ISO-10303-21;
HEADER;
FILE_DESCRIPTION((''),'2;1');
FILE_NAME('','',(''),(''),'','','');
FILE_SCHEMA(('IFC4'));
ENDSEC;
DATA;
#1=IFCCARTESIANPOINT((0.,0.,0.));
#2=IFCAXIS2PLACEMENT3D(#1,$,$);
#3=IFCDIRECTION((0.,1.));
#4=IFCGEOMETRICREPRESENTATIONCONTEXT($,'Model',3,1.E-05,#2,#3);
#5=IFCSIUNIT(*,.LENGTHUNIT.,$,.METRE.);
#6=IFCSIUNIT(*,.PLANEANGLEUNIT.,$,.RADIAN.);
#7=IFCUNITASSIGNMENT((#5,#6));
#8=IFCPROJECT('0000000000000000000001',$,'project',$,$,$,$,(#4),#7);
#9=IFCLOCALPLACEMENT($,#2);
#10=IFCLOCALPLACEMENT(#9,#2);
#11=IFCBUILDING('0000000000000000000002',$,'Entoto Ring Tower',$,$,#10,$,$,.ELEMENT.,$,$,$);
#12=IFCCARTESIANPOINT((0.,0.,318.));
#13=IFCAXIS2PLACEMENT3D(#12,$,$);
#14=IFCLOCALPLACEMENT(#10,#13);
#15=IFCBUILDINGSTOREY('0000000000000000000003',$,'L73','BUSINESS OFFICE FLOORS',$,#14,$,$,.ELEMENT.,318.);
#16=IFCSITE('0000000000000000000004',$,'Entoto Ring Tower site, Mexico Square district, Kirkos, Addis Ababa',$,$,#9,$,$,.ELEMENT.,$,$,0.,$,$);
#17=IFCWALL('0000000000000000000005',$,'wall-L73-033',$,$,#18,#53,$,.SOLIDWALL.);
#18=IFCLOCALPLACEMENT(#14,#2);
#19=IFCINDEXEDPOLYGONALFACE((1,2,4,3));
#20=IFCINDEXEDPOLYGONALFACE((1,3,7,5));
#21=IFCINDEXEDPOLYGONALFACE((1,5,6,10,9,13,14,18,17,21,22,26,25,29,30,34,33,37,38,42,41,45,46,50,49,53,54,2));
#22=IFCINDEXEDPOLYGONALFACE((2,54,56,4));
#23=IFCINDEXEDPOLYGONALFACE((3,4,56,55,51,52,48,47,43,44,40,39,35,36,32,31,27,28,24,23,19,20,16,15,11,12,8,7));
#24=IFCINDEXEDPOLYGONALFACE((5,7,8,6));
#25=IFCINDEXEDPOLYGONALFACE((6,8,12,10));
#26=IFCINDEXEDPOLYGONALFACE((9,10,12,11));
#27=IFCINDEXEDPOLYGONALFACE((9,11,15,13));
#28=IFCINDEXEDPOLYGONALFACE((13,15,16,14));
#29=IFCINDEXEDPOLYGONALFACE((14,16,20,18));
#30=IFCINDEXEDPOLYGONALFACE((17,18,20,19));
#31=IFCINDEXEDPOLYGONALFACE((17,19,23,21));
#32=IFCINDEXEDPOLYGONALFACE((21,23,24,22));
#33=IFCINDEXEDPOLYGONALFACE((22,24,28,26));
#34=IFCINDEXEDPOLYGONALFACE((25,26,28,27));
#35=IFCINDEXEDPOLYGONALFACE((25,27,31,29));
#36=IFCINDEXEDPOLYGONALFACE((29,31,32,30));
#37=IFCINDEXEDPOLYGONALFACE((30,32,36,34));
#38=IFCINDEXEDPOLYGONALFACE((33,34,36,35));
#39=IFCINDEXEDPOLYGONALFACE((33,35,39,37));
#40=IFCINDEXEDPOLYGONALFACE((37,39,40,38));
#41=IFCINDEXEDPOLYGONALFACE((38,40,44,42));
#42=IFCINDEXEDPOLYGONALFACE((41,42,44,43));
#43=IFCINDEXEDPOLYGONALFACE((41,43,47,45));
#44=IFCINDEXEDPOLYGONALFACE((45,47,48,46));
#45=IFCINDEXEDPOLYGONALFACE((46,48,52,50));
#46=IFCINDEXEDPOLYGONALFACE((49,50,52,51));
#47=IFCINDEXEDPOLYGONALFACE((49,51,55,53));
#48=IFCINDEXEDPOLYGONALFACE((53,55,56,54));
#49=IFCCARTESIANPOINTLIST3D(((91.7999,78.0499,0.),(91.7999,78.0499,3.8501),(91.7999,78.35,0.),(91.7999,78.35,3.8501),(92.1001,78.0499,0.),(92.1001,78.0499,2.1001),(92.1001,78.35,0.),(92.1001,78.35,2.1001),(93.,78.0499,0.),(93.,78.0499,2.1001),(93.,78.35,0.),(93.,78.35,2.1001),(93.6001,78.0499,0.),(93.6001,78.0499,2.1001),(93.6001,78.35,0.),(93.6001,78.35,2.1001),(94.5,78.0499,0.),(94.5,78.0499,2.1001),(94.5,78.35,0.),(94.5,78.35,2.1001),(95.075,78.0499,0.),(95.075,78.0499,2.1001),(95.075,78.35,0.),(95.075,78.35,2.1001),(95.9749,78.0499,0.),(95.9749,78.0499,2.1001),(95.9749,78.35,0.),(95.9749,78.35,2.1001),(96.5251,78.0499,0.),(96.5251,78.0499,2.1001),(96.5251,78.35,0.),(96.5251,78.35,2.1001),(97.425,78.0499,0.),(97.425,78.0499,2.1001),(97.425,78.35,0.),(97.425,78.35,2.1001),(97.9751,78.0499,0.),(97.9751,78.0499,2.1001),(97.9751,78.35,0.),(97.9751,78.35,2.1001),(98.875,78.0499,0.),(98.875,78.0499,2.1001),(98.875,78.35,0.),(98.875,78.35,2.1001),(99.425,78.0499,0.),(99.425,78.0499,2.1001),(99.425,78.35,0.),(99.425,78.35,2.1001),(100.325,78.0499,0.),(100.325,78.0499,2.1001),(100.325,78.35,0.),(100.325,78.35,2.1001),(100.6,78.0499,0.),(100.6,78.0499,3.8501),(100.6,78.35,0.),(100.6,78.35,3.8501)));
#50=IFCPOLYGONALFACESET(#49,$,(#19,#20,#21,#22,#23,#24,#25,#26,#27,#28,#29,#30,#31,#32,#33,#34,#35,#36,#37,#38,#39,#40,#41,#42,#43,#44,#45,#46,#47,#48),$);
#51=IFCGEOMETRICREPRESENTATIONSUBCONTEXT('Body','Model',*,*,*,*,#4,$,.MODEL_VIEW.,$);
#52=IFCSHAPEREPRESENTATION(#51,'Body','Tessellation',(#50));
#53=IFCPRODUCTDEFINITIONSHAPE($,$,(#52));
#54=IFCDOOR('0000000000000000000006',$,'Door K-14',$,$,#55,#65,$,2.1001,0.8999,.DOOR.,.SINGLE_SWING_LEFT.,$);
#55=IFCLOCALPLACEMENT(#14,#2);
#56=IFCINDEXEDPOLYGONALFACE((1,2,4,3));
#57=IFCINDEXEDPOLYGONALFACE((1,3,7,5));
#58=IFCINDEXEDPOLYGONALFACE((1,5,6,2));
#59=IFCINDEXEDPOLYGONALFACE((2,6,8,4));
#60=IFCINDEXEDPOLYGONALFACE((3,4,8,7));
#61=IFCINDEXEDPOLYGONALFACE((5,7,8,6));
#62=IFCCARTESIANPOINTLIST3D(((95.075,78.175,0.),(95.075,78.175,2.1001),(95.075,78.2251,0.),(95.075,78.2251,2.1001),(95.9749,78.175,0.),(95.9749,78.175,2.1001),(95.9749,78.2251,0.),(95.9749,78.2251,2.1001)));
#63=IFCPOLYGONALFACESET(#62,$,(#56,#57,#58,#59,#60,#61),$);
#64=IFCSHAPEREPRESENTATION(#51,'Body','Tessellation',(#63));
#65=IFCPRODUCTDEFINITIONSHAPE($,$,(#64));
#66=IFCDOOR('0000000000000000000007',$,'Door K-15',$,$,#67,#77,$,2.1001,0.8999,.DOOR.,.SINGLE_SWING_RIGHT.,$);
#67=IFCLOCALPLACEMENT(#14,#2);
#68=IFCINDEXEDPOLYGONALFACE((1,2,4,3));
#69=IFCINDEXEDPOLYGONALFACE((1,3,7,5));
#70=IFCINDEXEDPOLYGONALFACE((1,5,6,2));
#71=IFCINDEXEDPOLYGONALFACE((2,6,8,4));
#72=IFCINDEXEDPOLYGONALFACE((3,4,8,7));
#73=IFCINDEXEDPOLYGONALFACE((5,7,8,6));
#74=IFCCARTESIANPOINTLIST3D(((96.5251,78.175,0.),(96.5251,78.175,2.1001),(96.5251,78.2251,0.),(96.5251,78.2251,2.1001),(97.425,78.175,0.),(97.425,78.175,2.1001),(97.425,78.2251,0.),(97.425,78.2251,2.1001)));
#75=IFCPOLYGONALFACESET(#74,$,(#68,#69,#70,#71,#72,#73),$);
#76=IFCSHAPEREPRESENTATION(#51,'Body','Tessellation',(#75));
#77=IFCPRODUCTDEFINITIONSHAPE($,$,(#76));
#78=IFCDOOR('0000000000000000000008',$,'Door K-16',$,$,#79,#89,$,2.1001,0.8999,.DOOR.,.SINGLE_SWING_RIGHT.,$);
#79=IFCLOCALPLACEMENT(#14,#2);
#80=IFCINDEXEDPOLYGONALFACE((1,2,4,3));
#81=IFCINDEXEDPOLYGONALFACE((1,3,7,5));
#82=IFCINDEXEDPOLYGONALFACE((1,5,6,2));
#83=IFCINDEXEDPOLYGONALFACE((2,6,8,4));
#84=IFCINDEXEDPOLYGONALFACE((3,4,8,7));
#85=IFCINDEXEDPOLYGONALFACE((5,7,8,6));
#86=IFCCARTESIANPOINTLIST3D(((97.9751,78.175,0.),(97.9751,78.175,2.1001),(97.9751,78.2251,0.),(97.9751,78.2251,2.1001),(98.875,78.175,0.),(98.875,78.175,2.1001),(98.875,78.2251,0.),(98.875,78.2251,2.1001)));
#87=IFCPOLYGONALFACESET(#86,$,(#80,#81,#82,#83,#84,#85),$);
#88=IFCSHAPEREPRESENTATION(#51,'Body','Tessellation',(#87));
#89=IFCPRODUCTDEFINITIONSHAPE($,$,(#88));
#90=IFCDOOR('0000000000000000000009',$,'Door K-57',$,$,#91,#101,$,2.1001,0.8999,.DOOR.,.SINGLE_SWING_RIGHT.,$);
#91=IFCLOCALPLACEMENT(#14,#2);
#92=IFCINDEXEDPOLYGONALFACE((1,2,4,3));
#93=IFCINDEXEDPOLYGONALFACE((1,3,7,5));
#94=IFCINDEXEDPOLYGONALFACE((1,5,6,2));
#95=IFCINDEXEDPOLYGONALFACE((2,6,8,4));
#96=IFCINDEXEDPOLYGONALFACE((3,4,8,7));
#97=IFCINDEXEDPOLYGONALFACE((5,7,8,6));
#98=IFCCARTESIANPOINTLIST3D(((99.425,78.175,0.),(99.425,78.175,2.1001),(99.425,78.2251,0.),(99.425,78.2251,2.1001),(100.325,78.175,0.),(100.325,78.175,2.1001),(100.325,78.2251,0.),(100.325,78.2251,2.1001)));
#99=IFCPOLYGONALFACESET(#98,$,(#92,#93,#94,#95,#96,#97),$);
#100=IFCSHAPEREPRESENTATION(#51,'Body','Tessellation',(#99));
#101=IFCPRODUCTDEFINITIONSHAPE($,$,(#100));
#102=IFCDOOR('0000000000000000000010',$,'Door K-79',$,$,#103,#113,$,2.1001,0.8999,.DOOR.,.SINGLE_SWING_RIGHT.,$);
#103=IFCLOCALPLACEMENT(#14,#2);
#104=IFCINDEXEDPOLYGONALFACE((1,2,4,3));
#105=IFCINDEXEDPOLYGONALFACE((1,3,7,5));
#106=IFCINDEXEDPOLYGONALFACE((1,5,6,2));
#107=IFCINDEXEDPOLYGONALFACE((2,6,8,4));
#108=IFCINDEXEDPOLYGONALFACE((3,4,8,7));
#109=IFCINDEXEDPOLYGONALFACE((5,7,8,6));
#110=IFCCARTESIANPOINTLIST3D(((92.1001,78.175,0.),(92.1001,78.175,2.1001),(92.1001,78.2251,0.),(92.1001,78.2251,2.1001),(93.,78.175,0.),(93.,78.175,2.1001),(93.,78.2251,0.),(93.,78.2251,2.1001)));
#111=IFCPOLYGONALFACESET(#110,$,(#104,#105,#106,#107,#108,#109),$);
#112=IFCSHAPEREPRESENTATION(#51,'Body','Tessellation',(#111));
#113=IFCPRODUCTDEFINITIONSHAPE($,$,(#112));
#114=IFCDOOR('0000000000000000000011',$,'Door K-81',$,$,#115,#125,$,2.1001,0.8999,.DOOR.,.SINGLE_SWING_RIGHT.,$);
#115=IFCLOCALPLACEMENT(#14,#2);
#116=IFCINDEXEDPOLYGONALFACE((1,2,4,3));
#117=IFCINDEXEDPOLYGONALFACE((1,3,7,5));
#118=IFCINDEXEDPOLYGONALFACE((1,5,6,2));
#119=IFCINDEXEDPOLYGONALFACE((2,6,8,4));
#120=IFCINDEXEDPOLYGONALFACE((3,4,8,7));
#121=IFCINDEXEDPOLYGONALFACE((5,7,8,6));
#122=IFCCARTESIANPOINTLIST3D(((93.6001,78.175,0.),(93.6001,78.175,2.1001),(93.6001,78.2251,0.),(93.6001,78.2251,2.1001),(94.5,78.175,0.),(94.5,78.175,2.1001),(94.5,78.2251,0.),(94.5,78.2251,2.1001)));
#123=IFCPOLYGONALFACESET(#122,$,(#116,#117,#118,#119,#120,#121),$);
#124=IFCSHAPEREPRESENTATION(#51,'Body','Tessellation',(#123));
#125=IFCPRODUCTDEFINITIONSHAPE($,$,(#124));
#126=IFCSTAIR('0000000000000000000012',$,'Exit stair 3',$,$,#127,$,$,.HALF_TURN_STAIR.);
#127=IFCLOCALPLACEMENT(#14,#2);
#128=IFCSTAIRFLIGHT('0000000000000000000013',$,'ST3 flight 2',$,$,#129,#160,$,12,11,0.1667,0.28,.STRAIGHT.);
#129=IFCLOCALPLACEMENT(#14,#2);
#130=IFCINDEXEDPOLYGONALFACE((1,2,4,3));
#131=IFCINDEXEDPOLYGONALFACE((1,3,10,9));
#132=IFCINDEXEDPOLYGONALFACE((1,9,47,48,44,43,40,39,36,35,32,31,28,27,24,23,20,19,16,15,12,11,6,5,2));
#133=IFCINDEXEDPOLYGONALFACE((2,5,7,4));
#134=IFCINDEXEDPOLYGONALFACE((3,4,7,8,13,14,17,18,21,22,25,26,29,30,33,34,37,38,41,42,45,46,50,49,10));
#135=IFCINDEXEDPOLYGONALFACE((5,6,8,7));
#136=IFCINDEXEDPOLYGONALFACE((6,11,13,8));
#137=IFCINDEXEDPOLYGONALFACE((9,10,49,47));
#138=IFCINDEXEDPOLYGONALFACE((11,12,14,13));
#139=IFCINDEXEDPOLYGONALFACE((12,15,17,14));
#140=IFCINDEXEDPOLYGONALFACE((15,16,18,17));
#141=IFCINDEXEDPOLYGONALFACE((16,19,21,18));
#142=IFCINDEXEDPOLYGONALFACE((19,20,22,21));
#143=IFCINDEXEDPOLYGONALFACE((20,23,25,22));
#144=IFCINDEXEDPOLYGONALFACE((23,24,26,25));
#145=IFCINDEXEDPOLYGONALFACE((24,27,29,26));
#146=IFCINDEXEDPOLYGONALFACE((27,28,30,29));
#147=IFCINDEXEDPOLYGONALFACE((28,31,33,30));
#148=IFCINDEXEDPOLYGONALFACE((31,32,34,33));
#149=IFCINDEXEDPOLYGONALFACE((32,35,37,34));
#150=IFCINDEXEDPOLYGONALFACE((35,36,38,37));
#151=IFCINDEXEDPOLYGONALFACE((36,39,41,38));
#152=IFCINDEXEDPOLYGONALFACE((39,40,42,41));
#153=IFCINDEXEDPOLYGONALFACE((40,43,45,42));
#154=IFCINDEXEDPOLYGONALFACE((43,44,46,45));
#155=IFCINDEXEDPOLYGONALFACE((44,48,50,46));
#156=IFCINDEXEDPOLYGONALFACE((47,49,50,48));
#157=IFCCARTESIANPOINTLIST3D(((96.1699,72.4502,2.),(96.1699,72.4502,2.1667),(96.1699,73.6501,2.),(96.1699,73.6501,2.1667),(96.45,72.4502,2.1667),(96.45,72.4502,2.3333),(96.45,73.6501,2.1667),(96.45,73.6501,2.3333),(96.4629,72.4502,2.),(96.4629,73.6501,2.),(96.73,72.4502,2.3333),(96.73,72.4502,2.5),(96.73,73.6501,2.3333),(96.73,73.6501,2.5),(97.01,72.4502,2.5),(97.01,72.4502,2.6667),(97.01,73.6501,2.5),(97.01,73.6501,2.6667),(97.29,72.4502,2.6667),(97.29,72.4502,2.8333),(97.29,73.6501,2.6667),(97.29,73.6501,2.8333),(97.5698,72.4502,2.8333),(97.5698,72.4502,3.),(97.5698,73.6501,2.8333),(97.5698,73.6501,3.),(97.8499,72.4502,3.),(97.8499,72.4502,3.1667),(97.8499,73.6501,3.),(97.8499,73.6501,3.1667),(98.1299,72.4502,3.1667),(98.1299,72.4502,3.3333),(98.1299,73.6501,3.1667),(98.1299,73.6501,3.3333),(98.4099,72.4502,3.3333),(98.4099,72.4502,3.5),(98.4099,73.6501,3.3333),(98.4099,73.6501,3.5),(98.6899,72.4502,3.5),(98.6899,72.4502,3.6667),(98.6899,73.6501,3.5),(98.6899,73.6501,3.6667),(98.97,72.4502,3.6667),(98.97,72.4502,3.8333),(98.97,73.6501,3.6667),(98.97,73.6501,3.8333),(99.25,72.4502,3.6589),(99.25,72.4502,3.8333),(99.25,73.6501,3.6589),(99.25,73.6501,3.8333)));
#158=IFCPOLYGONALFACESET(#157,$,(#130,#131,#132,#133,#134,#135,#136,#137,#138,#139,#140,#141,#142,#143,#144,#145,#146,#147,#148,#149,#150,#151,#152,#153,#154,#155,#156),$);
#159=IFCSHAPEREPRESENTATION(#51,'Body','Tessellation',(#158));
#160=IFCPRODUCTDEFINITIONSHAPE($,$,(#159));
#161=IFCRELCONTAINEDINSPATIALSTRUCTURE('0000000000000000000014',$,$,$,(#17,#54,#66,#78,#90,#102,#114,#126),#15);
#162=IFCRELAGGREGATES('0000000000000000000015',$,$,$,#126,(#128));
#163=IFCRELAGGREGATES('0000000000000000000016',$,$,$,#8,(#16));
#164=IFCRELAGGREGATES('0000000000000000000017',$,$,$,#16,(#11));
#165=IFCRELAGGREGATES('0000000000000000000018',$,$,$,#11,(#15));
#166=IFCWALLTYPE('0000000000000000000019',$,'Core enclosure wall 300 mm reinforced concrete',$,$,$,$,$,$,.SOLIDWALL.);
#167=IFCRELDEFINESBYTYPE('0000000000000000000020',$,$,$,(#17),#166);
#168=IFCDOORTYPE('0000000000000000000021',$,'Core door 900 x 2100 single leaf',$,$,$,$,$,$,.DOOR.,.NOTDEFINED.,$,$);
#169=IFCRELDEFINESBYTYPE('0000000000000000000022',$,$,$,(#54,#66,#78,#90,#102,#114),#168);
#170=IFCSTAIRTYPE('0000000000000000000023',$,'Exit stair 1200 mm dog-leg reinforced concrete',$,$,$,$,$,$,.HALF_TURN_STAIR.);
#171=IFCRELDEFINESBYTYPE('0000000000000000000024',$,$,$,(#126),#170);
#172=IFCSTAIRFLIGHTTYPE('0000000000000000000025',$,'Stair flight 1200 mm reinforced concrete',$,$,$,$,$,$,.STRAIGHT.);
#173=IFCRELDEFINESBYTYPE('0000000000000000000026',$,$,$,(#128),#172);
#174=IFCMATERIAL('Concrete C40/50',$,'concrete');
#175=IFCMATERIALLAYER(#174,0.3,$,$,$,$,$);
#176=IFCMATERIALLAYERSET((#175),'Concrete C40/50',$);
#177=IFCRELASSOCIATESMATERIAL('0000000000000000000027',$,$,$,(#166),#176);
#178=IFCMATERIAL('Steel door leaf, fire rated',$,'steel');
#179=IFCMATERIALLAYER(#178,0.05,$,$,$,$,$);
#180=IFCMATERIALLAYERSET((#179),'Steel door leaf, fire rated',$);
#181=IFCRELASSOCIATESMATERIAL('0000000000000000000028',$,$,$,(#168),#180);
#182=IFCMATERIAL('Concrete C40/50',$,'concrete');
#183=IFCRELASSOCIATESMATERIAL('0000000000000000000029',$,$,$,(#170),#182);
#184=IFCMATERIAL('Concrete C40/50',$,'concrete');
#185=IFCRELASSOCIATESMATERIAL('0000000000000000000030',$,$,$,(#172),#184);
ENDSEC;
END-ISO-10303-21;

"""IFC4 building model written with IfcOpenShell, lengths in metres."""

from ifc_helpers import new_model, si_unit, direction, frame, frame_2d, origin, place, context, subcontext, project, spatial, polyline, rectangle, outline, extrude, material, layer, layer_set, type_object, element, fill, aggregate, save


model = new_model("IFC4")

# Units and contexts
model_context = context("Model", 3, precision=1e-05, world=origin(), true_north=direction((0.0, 1.0)))
body_context = subcontext(model_context, "Body", "Model", "MODEL_VIEW")
ifc_project = project(units=[si_unit("LENGTHUNIT", "METRE"), si_unit("PLANEANGLEUNIT", "RADIAN")], contexts=[model_context])

# Site, building, storey
site_placement = place(None, origin())
site = spatial("IfcSite", under=ifc_project, at=site_placement, Name="Entoto Ring Tower site, Mexico Square district, Kirkos, Addis Ababa", CompositionType="ELEMENT", RefElevation=0.0)
building_placement = place(site_placement, origin())
building = spatial("IfcBuilding", under=site, at=building_placement, Name="Entoto Ring Tower", CompositionType="ELEMENT")
storey_placement = place(building_placement, frame((0.0, 0.0, 318.0)))
storey = spatial("IfcBuildingStorey", under=building, at=storey_placement, Name="L73", Description="BUSINESS OFFICE FLOORS", CompositionType="ELEMENT", Elevation=318.0)

# Shared definitions
ifc_material_1 = material(Name="Concrete C40/50", Category="concrete")
ifc_layer_1 = layer(ifc_material_1, 0.3)
ifc_layer_set_1 = layer_set([ifc_layer_1], Name="Concrete C40/50")
wall_type = type_object("IfcWallType", Name="Core enclosure wall 300 mm reinforced concrete", PredefinedType="SOLIDWALL", material=ifc_layer_set_1)

# Shared definitions
ifc_material_2 = material(Name="Steel door leaf, fire rated", Category="steel")
ifc_layer_2 = layer(ifc_material_2, 0.05)
ifc_layer_set_2 = layer_set([ifc_layer_2], Name="Steel door leaf, fire rated")
door_type_1 = type_object("IfcDoorType", Name="Core door 900 x 2100 single leaf", OperationType="NOTDEFINED", PredefinedType="DOOR", material=ifc_layer_set_2)

# Wall, openings, doors
wall_1_placement = place(storey_placement, frame((91.8, 78.2, 0.0), z_axis=(0.0, 0.0, 1.0), x_axis=(1.0, 0.0, 0.0)))
wall_1 = element("IfcWall", 1, at=wall_1_placement, inside=storey, type_object=wall_type, Name="wall-L73-033", PredefinedType="SOLIDWALL", context=body_context, shape_type="SweptSolid", body=[
    extrude(rectangle(XDim=8.8, YDim=0.3, at=frame_2d((4.3999, 0.0))), origin(), (0.0, 0.0, 1.0), 3.8501),
])
opening_1_placement = place(wall_1_placement, frame((3.2749, 0.0, 0.0)))
opening_1 = element("IfcOpeningElement", 2, at=opening_1_placement, cuts=wall_1, PredefinedType="OPENING", context=body_context, shape_type="SweptSolid", body=[
    extrude(rectangle(XDim=0.8999, YDim=2.1001, at=frame_2d((0.45, 1.05))), frame((0.0, 0.1602, 0.0), z_axis=(0.0, -1.0, 0.0), x_axis=(1.0, 0.0, 0.0)), (0.0, 0.0, 1.0), 0.3201),
])
opening_2_placement = place(wall_1_placement, frame((4.7251, 0.0, 0.0)))
opening_2 = element("IfcOpeningElement", 3, at=opening_2_placement, cuts=wall_1, PredefinedType="OPENING", context=body_context, shape_type="SweptSolid", body=[
    extrude(rectangle(XDim=0.8999, YDim=2.1001, at=frame_2d((0.45, 1.05))), frame((0.0, 0.1602, 0.0), z_axis=(0.0, -1.0, 0.0), x_axis=(1.0, 0.0, 0.0)), (0.0, 0.0, 1.0), 0.3201),
])
opening_3_placement = place(wall_1_placement, frame((6.175, 0.0, 0.0)))
opening_3 = element("IfcOpeningElement", 4, at=opening_3_placement, cuts=wall_1, PredefinedType="OPENING", context=body_context, shape_type="SweptSolid", body=[
    extrude(rectangle(XDim=0.8999, YDim=2.1001, at=frame_2d((0.45, 1.05))), frame((0.0, 0.1602, 0.0), z_axis=(0.0, -1.0, 0.0), x_axis=(1.0, 0.0, 0.0)), (0.0, 0.0, 1.0), 0.3201),
])
opening_4_placement = place(wall_1_placement, frame((7.625, 0.0, 0.0)))
opening_4 = element("IfcOpeningElement", 5, at=opening_4_placement, cuts=wall_1, PredefinedType="OPENING", context=body_context, shape_type="SweptSolid", body=[
    extrude(rectangle(XDim=0.8999, YDim=2.1001, at=frame_2d((0.45, 1.05))), frame((0.0, 0.1602, 0.0), z_axis=(0.0, -1.0, 0.0), x_axis=(1.0, 0.0, 0.0)), (0.0, 0.0, 1.0), 0.3201),
])
opening_5_placement = place(wall_1_placement, frame((0.3, 0.0, 0.0)))
opening_5 = element("IfcOpeningElement", 6, at=opening_5_placement, cuts=wall_1, PredefinedType="OPENING", context=body_context, shape_type="SweptSolid", body=[
    extrude(rectangle(XDim=0.8999, YDim=2.1001, at=frame_2d((0.45, 1.05))), frame((0.0, 0.1602, 0.0), z_axis=(0.0, -1.0, 0.0), x_axis=(1.0, 0.0, 0.0)), (0.0, 0.0, 1.0), 0.3201),
])
opening_6_placement = place(wall_1_placement, frame((1.8, 0.0, 0.0)))
opening_6 = element("IfcOpeningElement", 7, at=opening_6_placement, cuts=wall_1, PredefinedType="OPENING", context=body_context, shape_type="SweptSolid", body=[
    extrude(rectangle(XDim=0.8999, YDim=2.1001, at=frame_2d((0.45, 1.05))), frame((0.0, 0.1602, 0.0), z_axis=(0.0, -1.0, 0.0), x_axis=(1.0, 0.0, 0.0)), (0.0, 0.0, 1.0), 0.3201),
])
door_1_placement = place(opening_1_placement, frame((0.8999, 0.0, 0.0), z_axis=(0.0, 0.0, 1.0), x_axis=(-1.0, 0.0, 0.0)))
door_1 = element("IfcDoor", 8, at=door_1_placement, inside=storey, type_object=door_type_1, Name="Door K-14", OperationType="SINGLE_SWING_LEFT", OverallHeight=2.1001, OverallWidth=0.8999, PredefinedType="DOOR", context=body_context, shape_type="SweptSolid", body=[
    extrude(rectangle(XDim=0.8999, YDim=2.1001, at=frame_2d((0.45, 1.05))), frame((0.0, 0.0249, 0.0), z_axis=(0.0, -1.0, 0.0), x_axis=(1.0, 0.0, 0.0)), (0.0, 0.0, 1.0), 0.05),
])
fill(opening_1, door_1)
door_2_placement = place(opening_2_placement, frame((0.8999, 0.0, 0.0), z_axis=(0.0, 0.0, 1.0), x_axis=(-1.0, 0.0, 0.0)))
door_2 = element("IfcDoor", 9, at=door_2_placement, inside=storey, type_object=door_type_1, Name="Door K-15", OperationType="SINGLE_SWING_RIGHT", OverallHeight=2.1001, OverallWidth=0.8999, PredefinedType="DOOR", context=body_context, shape_type="SweptSolid", body=[
    extrude(rectangle(XDim=0.8999, YDim=2.1001, at=frame_2d((0.45, 1.05))), frame((0.0, 0.0249, 0.0), z_axis=(0.0, -1.0, 0.0), x_axis=(1.0, 0.0, 0.0)), (0.0, 0.0, 1.0), 0.05),
])
fill(opening_2, door_2)
door_3_placement = place(opening_3_placement, frame((0.8999, 0.0, 0.0), z_axis=(0.0, 0.0, 1.0), x_axis=(-1.0, 0.0, 0.0)))
door_3 = element("IfcDoor", 10, at=door_3_placement, inside=storey, type_object=door_type_1, Name="Door K-16", OperationType="SINGLE_SWING_RIGHT", OverallHeight=2.1001, OverallWidth=0.8999, PredefinedType="DOOR", context=body_context, shape_type="SweptSolid", body=[
    extrude(rectangle(XDim=0.8999, YDim=2.1001, at=frame_2d((0.45, 1.05))), frame((0.0, 0.0249, 0.0), z_axis=(0.0, -1.0, 0.0), x_axis=(1.0, 0.0, 0.0)), (0.0, 0.0, 1.0), 0.05),
])
fill(opening_3, door_3)
door_4_placement = place(opening_4_placement, frame((0.8999, 0.0, 0.0), z_axis=(0.0, 0.0, 1.0), x_axis=(-1.0, 0.0, 0.0)))
door_4 = element("IfcDoor", 11, at=door_4_placement, inside=storey, type_object=door_type_1, Name="Door K-57", OperationType="SINGLE_SWING_RIGHT", OverallHeight=2.1001, OverallWidth=0.8999, PredefinedType="DOOR", context=body_context, shape_type="SweptSolid", body=[
    extrude(rectangle(XDim=0.8999, YDim=2.1001, at=frame_2d((0.45, 1.05))), frame((0.0, 0.0249, 0.0), z_axis=(0.0, -1.0, 0.0), x_axis=(1.0, 0.0, 0.0)), (0.0, 0.0, 1.0), 0.05),
])
fill(opening_4, door_4)
door_5_placement = place(opening_5_placement, frame((0.8999, 0.0, 0.0), z_axis=(0.0, 0.0, 1.0), x_axis=(-1.0, 0.0, 0.0)))
door_5 = element("IfcDoor", 12, at=door_5_placement, inside=storey, type_object=door_type_1, Name="Door K-79", OperationType="SINGLE_SWING_RIGHT", OverallHeight=2.1001, OverallWidth=0.8999, PredefinedType="DOOR", context=body_context, shape_type="SweptSolid", body=[
    extrude(rectangle(XDim=0.8999, YDim=2.1001, at=frame_2d((0.45, 1.05))), frame((0.0, 0.0249, 0.0), z_axis=(0.0, -1.0, 0.0), x_axis=(1.0, 0.0, 0.0)), (0.0, 0.0, 1.0), 0.05),
])
fill(opening_5, door_5)
door_6_placement = place(opening_6_placement, frame((0.8999, 0.0, 0.0), z_axis=(0.0, 0.0, 1.0), x_axis=(-1.0, 0.0, 0.0)))
door_6 = element("IfcDoor", 13, at=door_6_placement, inside=storey, type_object=door_type_1, Name="Door K-81", OperationType="SINGLE_SWING_RIGHT", OverallHeight=2.1001, OverallWidth=0.8999, PredefinedType="DOOR", context=body_context, shape_type="SweptSolid", body=[
    extrude(rectangle(XDim=0.8999, YDim=2.1001, at=frame_2d((0.45, 1.05))), frame((0.0, 0.0249, 0.0), z_axis=(0.0, -1.0, 0.0), x_axis=(1.0, 0.0, 0.0)), (0.0, 0.0, 1.0), 0.05),
])
fill(opening_6, door_6)

# Stair, stair flight
ifc_material_3 = material(Name="Concrete C40/50", Category="concrete")
stair_type = type_object("IfcStairType", Name="Exit stair 1200 mm dog-leg reinforced concrete", PredefinedType="HALF_TURN_STAIR", material=ifc_material_3)
stair_placement = place(storey_placement, origin())
stair = element("IfcStair", 14, at=stair_placement, inside=storey, type_object=stair_type, Name="Exit stair 3", PredefinedType="HALF_TURN_STAIR")
ifc_material_4 = material(Name="Concrete C40/50", Category="concrete")
stair_flight_type = type_object("IfcStairFlightType", Name="Stair flight 1200 mm reinforced concrete", PredefinedType="STRAIGHT", material=ifc_material_4)
stair_flight_placement = place(storey_placement, frame((96.1699, 73.05, 2.0), z_axis=(0.0, 0.0, 1.0), x_axis=(1.0, 0.0, 0.0)))
stair_flight = element("IfcStairFlight", 15, at=stair_flight_placement, type_object=stair_flight_type, Name="ST3 flight 2", NumberOfRisers=12, NumberOfTreads=11, PredefinedType="STRAIGHT", RiserHeight=0.1667, TreadLength=0.28, context=body_context, shape_type="SweptSolid", body=[
    extrude(outline(polyline([(0.0, 0.0), (0.0, 0.1667), (0.28, 0.1667), (0.28, 0.3333), (0.5601, 0.3333), (0.5601, 0.5), (0.8401, 0.5), (0.8401, 0.6667), (1.1201, 0.6667), (1.1201, 0.8333), (1.3999, 0.8333), (1.3999, 1.0), (1.6799, 1.0), (1.6799, 1.1667), (1.96, 1.1667), (1.96, 1.3333), (2.24, 1.3333), (2.24, 1.5), (2.52, 1.5), (2.52, 1.6667), (2.8, 1.6667), (2.8, 1.8333), (3.0801, 1.8333), (3.0801, 2.0), (3.0801, 1.6589), (0.293, 0.0), (0.0, 0.0)])), frame((0.0, 0.6001, 0.0), z_axis=(0.0, -1.0, 0.0), x_axis=(1.0, 0.0, 0.0)), (0.0, 0.0, 1.0), 1.2),
])
aggregate(stair, [stair_flight])

save(model, "model.ifc")
